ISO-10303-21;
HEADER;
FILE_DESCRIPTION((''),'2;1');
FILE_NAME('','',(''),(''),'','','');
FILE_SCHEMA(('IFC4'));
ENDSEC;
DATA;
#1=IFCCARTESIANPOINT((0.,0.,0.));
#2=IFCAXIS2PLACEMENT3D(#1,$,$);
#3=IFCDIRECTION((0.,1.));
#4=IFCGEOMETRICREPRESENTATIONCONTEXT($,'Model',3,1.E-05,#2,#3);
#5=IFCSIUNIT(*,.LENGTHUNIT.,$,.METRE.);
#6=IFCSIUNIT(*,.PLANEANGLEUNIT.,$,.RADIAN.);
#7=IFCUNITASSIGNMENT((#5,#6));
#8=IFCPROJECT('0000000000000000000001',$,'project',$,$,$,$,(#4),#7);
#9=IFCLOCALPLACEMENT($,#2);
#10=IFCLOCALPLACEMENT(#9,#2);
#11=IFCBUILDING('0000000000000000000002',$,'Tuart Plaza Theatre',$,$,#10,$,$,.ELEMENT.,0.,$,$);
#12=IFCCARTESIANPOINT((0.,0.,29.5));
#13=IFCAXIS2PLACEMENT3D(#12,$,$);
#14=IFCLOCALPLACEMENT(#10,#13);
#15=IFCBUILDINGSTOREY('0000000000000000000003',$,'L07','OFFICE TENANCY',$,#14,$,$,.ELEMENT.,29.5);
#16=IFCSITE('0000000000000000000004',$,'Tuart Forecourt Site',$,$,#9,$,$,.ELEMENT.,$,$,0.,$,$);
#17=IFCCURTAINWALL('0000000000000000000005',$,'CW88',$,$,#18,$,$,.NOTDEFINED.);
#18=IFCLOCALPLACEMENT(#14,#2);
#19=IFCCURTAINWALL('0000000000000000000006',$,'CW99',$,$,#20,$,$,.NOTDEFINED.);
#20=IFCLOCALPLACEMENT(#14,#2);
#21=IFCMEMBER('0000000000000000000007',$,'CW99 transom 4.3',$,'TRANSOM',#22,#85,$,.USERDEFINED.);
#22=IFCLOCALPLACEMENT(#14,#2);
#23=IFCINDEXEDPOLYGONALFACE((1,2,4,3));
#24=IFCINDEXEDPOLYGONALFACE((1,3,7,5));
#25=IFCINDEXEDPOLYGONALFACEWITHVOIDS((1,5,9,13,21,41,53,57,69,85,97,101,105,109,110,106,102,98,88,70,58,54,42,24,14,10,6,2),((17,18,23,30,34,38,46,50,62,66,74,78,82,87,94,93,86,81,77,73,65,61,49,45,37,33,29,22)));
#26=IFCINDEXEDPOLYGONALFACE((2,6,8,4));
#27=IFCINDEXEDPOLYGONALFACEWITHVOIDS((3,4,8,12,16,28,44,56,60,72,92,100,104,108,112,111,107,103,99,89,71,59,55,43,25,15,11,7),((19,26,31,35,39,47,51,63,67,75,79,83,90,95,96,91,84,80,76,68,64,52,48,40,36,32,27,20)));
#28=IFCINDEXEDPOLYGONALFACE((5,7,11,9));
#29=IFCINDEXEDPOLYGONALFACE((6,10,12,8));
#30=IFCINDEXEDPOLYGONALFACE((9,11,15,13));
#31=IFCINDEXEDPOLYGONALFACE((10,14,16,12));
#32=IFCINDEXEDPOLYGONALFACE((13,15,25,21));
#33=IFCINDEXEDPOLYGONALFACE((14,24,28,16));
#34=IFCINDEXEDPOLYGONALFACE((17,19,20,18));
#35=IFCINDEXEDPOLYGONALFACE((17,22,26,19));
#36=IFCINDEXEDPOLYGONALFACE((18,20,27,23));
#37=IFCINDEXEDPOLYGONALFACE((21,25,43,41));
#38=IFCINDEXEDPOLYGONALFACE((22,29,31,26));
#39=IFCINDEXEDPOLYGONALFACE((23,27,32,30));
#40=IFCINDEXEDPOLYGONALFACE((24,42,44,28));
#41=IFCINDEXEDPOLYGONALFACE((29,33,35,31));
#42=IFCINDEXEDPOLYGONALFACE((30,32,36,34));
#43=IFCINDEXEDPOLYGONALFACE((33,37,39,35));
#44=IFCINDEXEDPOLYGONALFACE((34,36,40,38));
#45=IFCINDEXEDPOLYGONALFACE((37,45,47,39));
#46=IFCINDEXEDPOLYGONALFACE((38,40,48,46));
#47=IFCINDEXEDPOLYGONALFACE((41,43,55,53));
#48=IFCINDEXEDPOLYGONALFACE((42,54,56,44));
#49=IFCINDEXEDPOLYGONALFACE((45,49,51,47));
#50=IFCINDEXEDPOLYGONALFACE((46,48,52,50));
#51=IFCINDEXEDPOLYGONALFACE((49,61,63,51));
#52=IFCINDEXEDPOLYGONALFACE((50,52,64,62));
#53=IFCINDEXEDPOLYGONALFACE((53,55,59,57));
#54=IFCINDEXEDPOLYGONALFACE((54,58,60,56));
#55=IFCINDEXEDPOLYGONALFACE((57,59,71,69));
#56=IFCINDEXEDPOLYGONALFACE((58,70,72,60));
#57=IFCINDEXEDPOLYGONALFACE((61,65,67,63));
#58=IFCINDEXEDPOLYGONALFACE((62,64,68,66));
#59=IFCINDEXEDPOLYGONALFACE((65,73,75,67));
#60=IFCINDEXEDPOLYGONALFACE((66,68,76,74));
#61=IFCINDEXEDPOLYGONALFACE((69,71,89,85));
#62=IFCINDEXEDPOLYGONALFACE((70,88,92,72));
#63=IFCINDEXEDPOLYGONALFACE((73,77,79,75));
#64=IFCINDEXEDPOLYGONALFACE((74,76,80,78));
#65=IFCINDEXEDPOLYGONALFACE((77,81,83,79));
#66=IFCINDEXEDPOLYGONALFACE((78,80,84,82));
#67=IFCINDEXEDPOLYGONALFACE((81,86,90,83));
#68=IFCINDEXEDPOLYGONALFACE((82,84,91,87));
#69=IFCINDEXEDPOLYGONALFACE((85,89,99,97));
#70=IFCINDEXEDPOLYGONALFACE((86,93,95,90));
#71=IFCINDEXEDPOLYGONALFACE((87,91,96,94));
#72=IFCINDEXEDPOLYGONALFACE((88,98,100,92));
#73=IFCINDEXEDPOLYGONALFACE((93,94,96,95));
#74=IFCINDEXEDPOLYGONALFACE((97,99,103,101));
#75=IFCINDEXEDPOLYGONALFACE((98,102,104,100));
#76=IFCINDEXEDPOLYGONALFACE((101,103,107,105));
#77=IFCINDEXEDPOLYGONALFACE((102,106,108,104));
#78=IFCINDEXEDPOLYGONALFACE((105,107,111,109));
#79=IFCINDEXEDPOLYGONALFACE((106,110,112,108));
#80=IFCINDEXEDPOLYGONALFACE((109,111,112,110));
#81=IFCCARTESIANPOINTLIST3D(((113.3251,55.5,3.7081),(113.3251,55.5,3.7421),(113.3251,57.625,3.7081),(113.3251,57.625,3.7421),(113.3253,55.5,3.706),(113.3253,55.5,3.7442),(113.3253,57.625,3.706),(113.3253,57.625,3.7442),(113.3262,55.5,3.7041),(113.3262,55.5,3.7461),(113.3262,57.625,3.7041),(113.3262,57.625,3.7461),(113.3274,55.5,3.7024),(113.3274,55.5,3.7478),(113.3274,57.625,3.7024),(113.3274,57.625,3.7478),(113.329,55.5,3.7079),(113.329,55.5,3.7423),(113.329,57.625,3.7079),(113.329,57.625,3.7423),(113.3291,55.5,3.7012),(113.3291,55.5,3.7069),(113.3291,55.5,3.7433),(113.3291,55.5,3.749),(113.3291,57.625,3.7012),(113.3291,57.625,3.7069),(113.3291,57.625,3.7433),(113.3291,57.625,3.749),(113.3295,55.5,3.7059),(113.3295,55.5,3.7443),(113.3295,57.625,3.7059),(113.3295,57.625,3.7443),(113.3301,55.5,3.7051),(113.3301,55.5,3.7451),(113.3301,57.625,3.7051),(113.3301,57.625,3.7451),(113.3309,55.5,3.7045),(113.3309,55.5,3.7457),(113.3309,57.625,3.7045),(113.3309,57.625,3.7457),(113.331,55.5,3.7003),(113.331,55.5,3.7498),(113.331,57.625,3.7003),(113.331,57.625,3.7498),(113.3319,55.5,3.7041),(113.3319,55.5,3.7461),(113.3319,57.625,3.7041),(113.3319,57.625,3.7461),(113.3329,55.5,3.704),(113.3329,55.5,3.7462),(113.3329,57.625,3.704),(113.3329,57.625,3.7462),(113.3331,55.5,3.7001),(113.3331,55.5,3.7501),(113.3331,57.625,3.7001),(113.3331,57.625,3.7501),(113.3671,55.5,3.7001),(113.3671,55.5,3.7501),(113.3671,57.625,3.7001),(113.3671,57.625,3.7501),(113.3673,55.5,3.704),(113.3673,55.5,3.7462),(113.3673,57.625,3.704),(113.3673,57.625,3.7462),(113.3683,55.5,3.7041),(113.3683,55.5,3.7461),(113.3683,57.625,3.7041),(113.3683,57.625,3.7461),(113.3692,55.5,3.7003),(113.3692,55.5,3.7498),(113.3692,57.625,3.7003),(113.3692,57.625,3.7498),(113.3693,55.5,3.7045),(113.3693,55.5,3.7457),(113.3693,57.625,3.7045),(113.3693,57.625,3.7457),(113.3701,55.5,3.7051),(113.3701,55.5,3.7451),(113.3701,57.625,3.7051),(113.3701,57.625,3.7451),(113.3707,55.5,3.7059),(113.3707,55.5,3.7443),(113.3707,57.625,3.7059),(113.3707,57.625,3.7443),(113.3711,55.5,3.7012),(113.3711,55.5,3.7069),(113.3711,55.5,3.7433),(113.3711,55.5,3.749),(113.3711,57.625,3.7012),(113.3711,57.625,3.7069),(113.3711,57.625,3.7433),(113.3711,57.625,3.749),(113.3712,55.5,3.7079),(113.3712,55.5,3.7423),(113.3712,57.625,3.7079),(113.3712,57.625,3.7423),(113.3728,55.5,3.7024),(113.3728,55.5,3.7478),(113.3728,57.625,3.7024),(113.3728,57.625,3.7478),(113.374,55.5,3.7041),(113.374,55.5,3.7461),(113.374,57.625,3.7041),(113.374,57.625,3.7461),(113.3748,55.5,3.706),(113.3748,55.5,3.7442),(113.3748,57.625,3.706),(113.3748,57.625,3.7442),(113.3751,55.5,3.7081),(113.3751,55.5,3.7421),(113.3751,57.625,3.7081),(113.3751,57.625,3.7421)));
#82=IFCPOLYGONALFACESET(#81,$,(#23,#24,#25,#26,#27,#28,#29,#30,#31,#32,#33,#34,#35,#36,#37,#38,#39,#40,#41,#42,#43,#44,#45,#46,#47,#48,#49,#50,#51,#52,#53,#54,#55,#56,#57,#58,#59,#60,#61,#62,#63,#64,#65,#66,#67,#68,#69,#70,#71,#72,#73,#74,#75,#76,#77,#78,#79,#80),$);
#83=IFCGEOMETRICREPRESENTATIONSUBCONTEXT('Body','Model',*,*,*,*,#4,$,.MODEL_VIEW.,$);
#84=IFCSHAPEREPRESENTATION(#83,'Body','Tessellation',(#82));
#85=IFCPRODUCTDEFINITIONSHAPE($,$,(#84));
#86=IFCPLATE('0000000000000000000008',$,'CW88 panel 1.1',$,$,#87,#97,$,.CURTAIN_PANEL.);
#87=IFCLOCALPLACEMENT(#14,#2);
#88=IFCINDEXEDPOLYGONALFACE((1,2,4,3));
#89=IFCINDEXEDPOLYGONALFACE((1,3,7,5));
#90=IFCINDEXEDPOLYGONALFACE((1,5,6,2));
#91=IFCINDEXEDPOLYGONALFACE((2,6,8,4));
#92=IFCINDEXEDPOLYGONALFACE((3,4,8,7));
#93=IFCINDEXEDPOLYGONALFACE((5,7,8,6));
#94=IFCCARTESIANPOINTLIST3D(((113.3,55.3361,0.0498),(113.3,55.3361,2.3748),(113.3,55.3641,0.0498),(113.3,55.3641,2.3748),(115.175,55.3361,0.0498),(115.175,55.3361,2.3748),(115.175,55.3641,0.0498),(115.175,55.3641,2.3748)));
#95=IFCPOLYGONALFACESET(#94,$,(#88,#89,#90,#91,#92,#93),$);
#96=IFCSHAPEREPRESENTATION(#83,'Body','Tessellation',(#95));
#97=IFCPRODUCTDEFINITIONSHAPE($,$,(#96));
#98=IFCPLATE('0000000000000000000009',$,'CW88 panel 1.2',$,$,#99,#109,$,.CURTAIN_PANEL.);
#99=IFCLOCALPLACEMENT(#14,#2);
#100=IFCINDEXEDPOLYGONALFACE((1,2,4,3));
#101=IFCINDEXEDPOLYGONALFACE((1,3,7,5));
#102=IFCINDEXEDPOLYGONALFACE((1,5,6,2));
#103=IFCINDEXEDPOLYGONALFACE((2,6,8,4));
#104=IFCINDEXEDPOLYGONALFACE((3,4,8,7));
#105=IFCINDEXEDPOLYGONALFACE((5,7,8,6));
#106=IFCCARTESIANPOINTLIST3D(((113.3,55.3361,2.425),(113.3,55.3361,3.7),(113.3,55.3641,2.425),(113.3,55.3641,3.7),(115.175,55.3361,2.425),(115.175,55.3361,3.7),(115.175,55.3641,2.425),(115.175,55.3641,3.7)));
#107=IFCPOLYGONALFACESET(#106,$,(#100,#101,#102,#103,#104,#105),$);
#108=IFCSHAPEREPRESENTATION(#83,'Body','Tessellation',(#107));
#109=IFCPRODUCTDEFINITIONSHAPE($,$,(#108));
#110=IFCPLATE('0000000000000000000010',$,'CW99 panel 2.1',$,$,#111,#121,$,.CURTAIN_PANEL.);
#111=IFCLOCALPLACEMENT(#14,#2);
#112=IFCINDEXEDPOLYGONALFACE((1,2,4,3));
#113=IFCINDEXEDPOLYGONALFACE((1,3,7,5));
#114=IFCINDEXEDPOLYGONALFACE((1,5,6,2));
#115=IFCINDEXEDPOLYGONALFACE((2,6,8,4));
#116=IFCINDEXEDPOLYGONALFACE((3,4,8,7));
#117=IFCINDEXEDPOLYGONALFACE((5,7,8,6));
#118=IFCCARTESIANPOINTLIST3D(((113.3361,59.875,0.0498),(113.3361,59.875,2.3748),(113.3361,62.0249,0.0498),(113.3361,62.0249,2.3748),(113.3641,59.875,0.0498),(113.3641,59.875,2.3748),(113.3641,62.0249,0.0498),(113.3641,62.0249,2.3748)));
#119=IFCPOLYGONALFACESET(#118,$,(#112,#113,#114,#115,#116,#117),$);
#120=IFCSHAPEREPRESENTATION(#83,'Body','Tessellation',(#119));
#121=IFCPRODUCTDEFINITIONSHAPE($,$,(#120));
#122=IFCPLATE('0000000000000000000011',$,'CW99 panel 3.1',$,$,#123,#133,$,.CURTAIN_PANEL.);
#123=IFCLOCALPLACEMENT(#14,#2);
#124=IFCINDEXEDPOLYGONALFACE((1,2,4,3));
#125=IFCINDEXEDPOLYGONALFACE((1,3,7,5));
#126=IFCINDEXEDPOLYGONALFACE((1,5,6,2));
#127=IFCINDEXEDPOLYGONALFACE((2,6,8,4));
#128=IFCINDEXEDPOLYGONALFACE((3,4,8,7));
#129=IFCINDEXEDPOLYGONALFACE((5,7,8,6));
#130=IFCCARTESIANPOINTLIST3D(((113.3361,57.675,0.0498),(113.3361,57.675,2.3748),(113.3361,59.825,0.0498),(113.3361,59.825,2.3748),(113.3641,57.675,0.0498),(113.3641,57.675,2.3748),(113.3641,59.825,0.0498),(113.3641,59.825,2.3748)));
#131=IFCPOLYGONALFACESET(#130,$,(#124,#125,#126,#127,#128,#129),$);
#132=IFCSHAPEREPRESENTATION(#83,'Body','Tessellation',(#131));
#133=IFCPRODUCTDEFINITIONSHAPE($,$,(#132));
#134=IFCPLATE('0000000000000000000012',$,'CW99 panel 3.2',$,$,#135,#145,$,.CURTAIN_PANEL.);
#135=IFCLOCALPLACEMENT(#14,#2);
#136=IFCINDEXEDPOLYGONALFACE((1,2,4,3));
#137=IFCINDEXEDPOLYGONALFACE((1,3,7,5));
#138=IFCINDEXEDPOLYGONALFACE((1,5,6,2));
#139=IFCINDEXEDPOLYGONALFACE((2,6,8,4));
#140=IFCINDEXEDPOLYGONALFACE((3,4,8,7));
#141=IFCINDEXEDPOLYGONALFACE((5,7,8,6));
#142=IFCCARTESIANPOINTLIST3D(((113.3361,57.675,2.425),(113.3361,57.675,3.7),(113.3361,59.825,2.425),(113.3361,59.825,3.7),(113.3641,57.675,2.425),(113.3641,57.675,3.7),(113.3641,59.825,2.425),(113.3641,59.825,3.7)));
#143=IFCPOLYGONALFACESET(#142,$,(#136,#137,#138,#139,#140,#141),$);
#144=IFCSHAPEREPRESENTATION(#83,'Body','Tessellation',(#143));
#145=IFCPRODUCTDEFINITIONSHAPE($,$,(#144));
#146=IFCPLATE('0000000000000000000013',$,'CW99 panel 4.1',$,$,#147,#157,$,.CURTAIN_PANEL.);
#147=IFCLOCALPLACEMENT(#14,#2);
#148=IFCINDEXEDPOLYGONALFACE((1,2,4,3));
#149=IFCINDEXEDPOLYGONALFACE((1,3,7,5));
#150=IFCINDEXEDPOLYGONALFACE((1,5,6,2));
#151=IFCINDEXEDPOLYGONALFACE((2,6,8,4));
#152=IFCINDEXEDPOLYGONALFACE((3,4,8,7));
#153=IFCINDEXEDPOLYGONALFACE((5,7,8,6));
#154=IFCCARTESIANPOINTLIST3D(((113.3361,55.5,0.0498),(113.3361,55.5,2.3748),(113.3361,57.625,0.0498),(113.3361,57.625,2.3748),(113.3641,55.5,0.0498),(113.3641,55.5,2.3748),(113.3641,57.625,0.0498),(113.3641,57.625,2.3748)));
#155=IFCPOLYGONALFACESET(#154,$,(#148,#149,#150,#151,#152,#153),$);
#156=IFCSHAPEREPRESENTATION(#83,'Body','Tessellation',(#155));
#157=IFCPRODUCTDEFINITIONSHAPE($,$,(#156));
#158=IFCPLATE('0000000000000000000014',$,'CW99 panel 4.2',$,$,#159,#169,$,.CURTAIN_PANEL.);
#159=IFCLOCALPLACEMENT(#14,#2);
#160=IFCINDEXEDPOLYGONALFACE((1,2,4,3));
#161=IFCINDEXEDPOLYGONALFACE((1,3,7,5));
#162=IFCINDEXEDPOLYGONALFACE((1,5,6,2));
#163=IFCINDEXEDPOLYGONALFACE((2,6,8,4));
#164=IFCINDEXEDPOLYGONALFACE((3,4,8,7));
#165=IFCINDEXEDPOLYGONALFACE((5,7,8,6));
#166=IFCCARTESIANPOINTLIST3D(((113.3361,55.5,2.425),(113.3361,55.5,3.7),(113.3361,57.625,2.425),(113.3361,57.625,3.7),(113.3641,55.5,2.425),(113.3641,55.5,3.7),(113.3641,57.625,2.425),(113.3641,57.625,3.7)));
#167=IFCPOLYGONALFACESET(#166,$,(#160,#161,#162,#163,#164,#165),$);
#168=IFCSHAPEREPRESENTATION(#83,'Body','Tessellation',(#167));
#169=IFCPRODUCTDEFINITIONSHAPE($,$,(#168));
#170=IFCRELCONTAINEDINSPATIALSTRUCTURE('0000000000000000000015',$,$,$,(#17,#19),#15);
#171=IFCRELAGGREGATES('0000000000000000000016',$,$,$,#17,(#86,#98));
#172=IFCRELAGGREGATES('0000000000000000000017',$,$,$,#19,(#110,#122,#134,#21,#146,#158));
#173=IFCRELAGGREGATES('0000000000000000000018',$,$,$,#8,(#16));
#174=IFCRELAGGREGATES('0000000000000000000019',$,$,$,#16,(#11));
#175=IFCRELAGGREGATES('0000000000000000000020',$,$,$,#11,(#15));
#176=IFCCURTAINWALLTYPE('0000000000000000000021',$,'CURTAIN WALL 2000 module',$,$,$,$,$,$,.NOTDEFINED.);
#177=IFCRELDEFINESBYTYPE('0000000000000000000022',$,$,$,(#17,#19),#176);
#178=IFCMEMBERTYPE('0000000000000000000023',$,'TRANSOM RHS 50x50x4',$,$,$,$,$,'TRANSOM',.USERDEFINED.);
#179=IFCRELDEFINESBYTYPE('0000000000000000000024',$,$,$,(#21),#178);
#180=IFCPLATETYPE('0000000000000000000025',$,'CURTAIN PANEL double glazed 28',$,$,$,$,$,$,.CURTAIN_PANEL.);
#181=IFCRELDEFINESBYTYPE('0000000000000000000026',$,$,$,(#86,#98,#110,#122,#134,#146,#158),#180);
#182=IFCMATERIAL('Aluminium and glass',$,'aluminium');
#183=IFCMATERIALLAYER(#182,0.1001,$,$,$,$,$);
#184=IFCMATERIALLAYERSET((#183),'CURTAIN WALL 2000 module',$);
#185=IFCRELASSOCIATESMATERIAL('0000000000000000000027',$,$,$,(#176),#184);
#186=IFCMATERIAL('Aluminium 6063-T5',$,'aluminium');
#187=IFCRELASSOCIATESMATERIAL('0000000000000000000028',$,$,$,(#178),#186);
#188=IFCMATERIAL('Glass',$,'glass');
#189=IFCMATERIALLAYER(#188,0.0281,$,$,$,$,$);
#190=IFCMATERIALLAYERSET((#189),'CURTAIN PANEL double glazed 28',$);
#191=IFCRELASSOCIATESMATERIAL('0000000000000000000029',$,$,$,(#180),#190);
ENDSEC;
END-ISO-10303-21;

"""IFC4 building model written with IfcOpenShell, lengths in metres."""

from ifc_helpers import new_model, si_unit, direction, frame, origin, origin_2d, place, context, subcontext, project, spatial, rectangle, hollow_rectangle, extrude, material, layer, layer_set, material_profile, profile_set, type_object, element, aggregate, save


model = new_model("IFC4")

# Units and contexts
model_context = context("Model", 3, precision=1e-05, world=origin(), true_north=direction((0.0, 1.0)))
body_context = subcontext(model_context, "Body", "Model", "MODEL_VIEW")
ifc_project = project(units=[si_unit("LENGTHUNIT", "METRE"), si_unit("PLANEANGLEUNIT", "RADIAN")], contexts=[model_context])

# Site, building, storey
site_placement = place(None, origin())
site = spatial("IfcSite", under=ifc_project, at=site_placement, Name="Tuart Forecourt Site", CompositionType="ELEMENT", RefElevation=0.0)
building_placement = place(site_placement, origin())
building = spatial("IfcBuilding", under=site, at=building_placement, Name="Tuart Plaza Theatre", CompositionType="ELEMENT", ElevationOfRefHeight=0.0)
storey_placement = place(building_placement, frame((0.0, 0.0, 29.5)))
storey = spatial("IfcBuildingStorey", under=building, at=storey_placement, Name="L07", Description="OFFICE TENANCY", CompositionType="ELEMENT", Elevation=29.5)

# Curtain walls
ifc_material_1 = material(Name="Aluminium and glass", Category="aluminium")
ifc_layer_1 = layer(ifc_material_1, 0.1001)
ifc_layer_set_1 = layer_set([ifc_layer_1], Name="CURTAIN WALL 2000 module")
curtain_wall_type = type_object("IfcCurtainWallType", Name="CURTAIN WALL 2000 module", PredefinedType="NOTDEFINED", material=ifc_layer_set_1)
curtain_wall_1_placement = place(storey_placement, origin())
curtain_wall_1 = element("IfcCurtainWall", 1, at=curtain_wall_1_placement, inside=storey, type_object=curtain_wall_type, Name="CW88", PredefinedType="NOTDEFINED")
curtain_wall_2_placement = place(storey_placement, origin())
curtain_wall_2 = element("IfcCurtainWall", 2, at=curtain_wall_2_placement, inside=storey, type_object=curtain_wall_type, Name="CW99", PredefinedType="NOTDEFINED")

# Member
ifc_material_2 = material(Name="Aluminium 6063-T5", Category="aluminium")
ifc_material_profile_1 = material_profile(ifc_material_2, hollow_rectangle(XDim=0.05, YDim=0.05, WallThickness=0.0039, InnerFilletRadius=0.0039, OuterFilletRadius=0.0081, at=origin_2d()), Name="RHS 50x50x4")
ifc_profile_set_1 = profile_set([ifc_material_profile_1], Name="Aluminium 6063-T5")
member_type_1 = type_object("IfcMemberType", Name="TRANSOM RHS 50x50x4", ElementType="TRANSOM", PredefinedType="USERDEFINED", material=ifc_profile_set_1)
member_1_placement = place(storey_placement, frame((113.3501, 57.625, 3.7251), z_axis=(0.0, -1.0, 0.0), x_axis=(1.0, 0.0, 0.0)))
member_1 = element("IfcMember", 3, at=member_1_placement, type_object=member_type_1, Name="CW99 transom 4.3", ObjectType="TRANSOM", PredefinedType="USERDEFINED", context=body_context, shape_type="SweptSolid", body=[
    extrude(hollow_rectangle(XDim=0.05, YDim=0.05, WallThickness=0.0039, InnerFilletRadius=0.0039, OuterFilletRadius=0.0081, at=origin_2d()), origin(), (0.0, 0.0, 1.0), 2.125),
])

# Plates
ifc_material_3 = material(Name="Glass", Category="glass")
ifc_layer_2 = layer(ifc_material_3, 0.0281)
ifc_layer_set_2 = layer_set([ifc_layer_2], Name="CURTAIN PANEL double glazed 28")
plate_type = type_object("IfcPlateType", Name="CURTAIN PANEL double glazed 28", PredefinedType="CURTAIN_PANEL", material=ifc_layer_set_2)
plate_1_placement = place(storey_placement, frame((114.2375, 55.3501, 0.0498), z_axis=(0.0, 0.0, 1.0), x_axis=(1.0, 0.0, 0.0)))
plate_1 = element("IfcPlate", 4, at=plate_1_placement, type_object=plate_type, Name="CW88 panel 1.1", PredefinedType="CURTAIN_PANEL", context=body_context, shape_type="SweptSolid", body=[
    extrude(rectangle(XDim=1.875, YDim=0.0281, at=origin_2d()), origin(), (0.0, 0.0, 1.0), 2.325),
])
plate_2_placement = place(storey_placement, frame((114.2375, 55.3501, 2.425), z_axis=(0.0, 0.0, 1.0), x_axis=(1.0, 0.0, 0.0)))
plate_2 = element("IfcPlate", 5, at=plate_2_placement, type_object=plate_type, Name="CW88 panel 1.2", PredefinedType="CURTAIN_PANEL", context=body_context, shape_type="SweptSolid", body=[
    extrude(rectangle(XDim=1.875, YDim=0.0281, at=origin_2d()), origin(), (0.0, 0.0, 1.0), 1.2749),
])
aggregate(curtain_wall_1, [plate_1, plate_2])
plate_3_placement = place(storey_placement, frame((113.3501, 60.95, 0.0498), z_axis=(0.0, 0.0, 1.0), x_axis=(0.0, -1.0, 0.0)))
plate_3 = element("IfcPlate", 6, at=plate_3_placement, type_object=plate_type, Name="CW99 panel 2.1", PredefinedType="CURTAIN_PANEL", context=body_context, shape_type="SweptSolid", body=[
    extrude(rectangle(XDim=2.1499, YDim=0.0281, at=origin_2d()), origin(), (0.0, 0.0, 1.0), 2.325),
])
plate_4_placement = place(storey_placement, frame((113.3501, 58.75, 0.0498), z_axis=(0.0, 0.0, 1.0), x_axis=(0.0, -1.0, 0.0)))
plate_4 = element("IfcPlate", 7, at=plate_4_placement, type_object=plate_type, Name="CW99 panel 3.1", PredefinedType="CURTAIN_PANEL", context=body_context, shape_type="SweptSolid", body=[
    extrude(rectangle(XDim=2.1499, YDim=0.0281, at=origin_2d()), origin(), (0.0, 0.0, 1.0), 2.325),
])
plate_5_placement = place(storey_placement, frame((113.3501, 58.75, 2.425), z_axis=(0.0, 0.0, 1.0), x_axis=(0.0, -1.0, 0.0)))
plate_5 = element("IfcPlate", 8, at=plate_5_placement, type_object=plate_type, Name="CW99 panel 3.2", PredefinedType="CURTAIN_PANEL", context=body_context, shape_type="SweptSolid", body=[
    extrude(rectangle(XDim=2.1499, YDim=0.0281, at=origin_2d()), origin(), (0.0, 0.0, 1.0), 1.2749),
])
plate_6_placement = place(storey_placement, frame((113.3501, 56.5625, 0.0498), z_axis=(0.0, 0.0, 1.0), x_axis=(0.0, -1.0, 0.0)))
plate_6 = element("IfcPlate", 9, at=plate_6_placement, type_object=plate_type, Name="CW99 panel 4.1", PredefinedType="CURTAIN_PANEL", context=body_context, shape_type="SweptSolid", body=[
    extrude(rectangle(XDim=2.125, YDim=0.0281, at=origin_2d()), origin(), (0.0, 0.0, 1.0), 2.325),
])
plate_7_placement = place(storey_placement, frame((113.3501, 56.5625, 2.425), z_axis=(0.0, 0.0, 1.0), x_axis=(0.0, -1.0, 0.0)))
plate_7 = element("IfcPlate", 10, at=plate_7_placement, type_object=plate_type, Name="CW99 panel 4.2", PredefinedType="CURTAIN_PANEL", context=body_context, shape_type="SweptSolid", body=[
    extrude(rectangle(XDim=2.125, YDim=0.0281, at=origin_2d()), origin(), (0.0, 0.0, 1.0), 1.2749),
])
aggregate(curtain_wall_2, [plate_3, plate_4, plate_5, member_1, plate_6, plate_7])

save(model, "model.ifc")
